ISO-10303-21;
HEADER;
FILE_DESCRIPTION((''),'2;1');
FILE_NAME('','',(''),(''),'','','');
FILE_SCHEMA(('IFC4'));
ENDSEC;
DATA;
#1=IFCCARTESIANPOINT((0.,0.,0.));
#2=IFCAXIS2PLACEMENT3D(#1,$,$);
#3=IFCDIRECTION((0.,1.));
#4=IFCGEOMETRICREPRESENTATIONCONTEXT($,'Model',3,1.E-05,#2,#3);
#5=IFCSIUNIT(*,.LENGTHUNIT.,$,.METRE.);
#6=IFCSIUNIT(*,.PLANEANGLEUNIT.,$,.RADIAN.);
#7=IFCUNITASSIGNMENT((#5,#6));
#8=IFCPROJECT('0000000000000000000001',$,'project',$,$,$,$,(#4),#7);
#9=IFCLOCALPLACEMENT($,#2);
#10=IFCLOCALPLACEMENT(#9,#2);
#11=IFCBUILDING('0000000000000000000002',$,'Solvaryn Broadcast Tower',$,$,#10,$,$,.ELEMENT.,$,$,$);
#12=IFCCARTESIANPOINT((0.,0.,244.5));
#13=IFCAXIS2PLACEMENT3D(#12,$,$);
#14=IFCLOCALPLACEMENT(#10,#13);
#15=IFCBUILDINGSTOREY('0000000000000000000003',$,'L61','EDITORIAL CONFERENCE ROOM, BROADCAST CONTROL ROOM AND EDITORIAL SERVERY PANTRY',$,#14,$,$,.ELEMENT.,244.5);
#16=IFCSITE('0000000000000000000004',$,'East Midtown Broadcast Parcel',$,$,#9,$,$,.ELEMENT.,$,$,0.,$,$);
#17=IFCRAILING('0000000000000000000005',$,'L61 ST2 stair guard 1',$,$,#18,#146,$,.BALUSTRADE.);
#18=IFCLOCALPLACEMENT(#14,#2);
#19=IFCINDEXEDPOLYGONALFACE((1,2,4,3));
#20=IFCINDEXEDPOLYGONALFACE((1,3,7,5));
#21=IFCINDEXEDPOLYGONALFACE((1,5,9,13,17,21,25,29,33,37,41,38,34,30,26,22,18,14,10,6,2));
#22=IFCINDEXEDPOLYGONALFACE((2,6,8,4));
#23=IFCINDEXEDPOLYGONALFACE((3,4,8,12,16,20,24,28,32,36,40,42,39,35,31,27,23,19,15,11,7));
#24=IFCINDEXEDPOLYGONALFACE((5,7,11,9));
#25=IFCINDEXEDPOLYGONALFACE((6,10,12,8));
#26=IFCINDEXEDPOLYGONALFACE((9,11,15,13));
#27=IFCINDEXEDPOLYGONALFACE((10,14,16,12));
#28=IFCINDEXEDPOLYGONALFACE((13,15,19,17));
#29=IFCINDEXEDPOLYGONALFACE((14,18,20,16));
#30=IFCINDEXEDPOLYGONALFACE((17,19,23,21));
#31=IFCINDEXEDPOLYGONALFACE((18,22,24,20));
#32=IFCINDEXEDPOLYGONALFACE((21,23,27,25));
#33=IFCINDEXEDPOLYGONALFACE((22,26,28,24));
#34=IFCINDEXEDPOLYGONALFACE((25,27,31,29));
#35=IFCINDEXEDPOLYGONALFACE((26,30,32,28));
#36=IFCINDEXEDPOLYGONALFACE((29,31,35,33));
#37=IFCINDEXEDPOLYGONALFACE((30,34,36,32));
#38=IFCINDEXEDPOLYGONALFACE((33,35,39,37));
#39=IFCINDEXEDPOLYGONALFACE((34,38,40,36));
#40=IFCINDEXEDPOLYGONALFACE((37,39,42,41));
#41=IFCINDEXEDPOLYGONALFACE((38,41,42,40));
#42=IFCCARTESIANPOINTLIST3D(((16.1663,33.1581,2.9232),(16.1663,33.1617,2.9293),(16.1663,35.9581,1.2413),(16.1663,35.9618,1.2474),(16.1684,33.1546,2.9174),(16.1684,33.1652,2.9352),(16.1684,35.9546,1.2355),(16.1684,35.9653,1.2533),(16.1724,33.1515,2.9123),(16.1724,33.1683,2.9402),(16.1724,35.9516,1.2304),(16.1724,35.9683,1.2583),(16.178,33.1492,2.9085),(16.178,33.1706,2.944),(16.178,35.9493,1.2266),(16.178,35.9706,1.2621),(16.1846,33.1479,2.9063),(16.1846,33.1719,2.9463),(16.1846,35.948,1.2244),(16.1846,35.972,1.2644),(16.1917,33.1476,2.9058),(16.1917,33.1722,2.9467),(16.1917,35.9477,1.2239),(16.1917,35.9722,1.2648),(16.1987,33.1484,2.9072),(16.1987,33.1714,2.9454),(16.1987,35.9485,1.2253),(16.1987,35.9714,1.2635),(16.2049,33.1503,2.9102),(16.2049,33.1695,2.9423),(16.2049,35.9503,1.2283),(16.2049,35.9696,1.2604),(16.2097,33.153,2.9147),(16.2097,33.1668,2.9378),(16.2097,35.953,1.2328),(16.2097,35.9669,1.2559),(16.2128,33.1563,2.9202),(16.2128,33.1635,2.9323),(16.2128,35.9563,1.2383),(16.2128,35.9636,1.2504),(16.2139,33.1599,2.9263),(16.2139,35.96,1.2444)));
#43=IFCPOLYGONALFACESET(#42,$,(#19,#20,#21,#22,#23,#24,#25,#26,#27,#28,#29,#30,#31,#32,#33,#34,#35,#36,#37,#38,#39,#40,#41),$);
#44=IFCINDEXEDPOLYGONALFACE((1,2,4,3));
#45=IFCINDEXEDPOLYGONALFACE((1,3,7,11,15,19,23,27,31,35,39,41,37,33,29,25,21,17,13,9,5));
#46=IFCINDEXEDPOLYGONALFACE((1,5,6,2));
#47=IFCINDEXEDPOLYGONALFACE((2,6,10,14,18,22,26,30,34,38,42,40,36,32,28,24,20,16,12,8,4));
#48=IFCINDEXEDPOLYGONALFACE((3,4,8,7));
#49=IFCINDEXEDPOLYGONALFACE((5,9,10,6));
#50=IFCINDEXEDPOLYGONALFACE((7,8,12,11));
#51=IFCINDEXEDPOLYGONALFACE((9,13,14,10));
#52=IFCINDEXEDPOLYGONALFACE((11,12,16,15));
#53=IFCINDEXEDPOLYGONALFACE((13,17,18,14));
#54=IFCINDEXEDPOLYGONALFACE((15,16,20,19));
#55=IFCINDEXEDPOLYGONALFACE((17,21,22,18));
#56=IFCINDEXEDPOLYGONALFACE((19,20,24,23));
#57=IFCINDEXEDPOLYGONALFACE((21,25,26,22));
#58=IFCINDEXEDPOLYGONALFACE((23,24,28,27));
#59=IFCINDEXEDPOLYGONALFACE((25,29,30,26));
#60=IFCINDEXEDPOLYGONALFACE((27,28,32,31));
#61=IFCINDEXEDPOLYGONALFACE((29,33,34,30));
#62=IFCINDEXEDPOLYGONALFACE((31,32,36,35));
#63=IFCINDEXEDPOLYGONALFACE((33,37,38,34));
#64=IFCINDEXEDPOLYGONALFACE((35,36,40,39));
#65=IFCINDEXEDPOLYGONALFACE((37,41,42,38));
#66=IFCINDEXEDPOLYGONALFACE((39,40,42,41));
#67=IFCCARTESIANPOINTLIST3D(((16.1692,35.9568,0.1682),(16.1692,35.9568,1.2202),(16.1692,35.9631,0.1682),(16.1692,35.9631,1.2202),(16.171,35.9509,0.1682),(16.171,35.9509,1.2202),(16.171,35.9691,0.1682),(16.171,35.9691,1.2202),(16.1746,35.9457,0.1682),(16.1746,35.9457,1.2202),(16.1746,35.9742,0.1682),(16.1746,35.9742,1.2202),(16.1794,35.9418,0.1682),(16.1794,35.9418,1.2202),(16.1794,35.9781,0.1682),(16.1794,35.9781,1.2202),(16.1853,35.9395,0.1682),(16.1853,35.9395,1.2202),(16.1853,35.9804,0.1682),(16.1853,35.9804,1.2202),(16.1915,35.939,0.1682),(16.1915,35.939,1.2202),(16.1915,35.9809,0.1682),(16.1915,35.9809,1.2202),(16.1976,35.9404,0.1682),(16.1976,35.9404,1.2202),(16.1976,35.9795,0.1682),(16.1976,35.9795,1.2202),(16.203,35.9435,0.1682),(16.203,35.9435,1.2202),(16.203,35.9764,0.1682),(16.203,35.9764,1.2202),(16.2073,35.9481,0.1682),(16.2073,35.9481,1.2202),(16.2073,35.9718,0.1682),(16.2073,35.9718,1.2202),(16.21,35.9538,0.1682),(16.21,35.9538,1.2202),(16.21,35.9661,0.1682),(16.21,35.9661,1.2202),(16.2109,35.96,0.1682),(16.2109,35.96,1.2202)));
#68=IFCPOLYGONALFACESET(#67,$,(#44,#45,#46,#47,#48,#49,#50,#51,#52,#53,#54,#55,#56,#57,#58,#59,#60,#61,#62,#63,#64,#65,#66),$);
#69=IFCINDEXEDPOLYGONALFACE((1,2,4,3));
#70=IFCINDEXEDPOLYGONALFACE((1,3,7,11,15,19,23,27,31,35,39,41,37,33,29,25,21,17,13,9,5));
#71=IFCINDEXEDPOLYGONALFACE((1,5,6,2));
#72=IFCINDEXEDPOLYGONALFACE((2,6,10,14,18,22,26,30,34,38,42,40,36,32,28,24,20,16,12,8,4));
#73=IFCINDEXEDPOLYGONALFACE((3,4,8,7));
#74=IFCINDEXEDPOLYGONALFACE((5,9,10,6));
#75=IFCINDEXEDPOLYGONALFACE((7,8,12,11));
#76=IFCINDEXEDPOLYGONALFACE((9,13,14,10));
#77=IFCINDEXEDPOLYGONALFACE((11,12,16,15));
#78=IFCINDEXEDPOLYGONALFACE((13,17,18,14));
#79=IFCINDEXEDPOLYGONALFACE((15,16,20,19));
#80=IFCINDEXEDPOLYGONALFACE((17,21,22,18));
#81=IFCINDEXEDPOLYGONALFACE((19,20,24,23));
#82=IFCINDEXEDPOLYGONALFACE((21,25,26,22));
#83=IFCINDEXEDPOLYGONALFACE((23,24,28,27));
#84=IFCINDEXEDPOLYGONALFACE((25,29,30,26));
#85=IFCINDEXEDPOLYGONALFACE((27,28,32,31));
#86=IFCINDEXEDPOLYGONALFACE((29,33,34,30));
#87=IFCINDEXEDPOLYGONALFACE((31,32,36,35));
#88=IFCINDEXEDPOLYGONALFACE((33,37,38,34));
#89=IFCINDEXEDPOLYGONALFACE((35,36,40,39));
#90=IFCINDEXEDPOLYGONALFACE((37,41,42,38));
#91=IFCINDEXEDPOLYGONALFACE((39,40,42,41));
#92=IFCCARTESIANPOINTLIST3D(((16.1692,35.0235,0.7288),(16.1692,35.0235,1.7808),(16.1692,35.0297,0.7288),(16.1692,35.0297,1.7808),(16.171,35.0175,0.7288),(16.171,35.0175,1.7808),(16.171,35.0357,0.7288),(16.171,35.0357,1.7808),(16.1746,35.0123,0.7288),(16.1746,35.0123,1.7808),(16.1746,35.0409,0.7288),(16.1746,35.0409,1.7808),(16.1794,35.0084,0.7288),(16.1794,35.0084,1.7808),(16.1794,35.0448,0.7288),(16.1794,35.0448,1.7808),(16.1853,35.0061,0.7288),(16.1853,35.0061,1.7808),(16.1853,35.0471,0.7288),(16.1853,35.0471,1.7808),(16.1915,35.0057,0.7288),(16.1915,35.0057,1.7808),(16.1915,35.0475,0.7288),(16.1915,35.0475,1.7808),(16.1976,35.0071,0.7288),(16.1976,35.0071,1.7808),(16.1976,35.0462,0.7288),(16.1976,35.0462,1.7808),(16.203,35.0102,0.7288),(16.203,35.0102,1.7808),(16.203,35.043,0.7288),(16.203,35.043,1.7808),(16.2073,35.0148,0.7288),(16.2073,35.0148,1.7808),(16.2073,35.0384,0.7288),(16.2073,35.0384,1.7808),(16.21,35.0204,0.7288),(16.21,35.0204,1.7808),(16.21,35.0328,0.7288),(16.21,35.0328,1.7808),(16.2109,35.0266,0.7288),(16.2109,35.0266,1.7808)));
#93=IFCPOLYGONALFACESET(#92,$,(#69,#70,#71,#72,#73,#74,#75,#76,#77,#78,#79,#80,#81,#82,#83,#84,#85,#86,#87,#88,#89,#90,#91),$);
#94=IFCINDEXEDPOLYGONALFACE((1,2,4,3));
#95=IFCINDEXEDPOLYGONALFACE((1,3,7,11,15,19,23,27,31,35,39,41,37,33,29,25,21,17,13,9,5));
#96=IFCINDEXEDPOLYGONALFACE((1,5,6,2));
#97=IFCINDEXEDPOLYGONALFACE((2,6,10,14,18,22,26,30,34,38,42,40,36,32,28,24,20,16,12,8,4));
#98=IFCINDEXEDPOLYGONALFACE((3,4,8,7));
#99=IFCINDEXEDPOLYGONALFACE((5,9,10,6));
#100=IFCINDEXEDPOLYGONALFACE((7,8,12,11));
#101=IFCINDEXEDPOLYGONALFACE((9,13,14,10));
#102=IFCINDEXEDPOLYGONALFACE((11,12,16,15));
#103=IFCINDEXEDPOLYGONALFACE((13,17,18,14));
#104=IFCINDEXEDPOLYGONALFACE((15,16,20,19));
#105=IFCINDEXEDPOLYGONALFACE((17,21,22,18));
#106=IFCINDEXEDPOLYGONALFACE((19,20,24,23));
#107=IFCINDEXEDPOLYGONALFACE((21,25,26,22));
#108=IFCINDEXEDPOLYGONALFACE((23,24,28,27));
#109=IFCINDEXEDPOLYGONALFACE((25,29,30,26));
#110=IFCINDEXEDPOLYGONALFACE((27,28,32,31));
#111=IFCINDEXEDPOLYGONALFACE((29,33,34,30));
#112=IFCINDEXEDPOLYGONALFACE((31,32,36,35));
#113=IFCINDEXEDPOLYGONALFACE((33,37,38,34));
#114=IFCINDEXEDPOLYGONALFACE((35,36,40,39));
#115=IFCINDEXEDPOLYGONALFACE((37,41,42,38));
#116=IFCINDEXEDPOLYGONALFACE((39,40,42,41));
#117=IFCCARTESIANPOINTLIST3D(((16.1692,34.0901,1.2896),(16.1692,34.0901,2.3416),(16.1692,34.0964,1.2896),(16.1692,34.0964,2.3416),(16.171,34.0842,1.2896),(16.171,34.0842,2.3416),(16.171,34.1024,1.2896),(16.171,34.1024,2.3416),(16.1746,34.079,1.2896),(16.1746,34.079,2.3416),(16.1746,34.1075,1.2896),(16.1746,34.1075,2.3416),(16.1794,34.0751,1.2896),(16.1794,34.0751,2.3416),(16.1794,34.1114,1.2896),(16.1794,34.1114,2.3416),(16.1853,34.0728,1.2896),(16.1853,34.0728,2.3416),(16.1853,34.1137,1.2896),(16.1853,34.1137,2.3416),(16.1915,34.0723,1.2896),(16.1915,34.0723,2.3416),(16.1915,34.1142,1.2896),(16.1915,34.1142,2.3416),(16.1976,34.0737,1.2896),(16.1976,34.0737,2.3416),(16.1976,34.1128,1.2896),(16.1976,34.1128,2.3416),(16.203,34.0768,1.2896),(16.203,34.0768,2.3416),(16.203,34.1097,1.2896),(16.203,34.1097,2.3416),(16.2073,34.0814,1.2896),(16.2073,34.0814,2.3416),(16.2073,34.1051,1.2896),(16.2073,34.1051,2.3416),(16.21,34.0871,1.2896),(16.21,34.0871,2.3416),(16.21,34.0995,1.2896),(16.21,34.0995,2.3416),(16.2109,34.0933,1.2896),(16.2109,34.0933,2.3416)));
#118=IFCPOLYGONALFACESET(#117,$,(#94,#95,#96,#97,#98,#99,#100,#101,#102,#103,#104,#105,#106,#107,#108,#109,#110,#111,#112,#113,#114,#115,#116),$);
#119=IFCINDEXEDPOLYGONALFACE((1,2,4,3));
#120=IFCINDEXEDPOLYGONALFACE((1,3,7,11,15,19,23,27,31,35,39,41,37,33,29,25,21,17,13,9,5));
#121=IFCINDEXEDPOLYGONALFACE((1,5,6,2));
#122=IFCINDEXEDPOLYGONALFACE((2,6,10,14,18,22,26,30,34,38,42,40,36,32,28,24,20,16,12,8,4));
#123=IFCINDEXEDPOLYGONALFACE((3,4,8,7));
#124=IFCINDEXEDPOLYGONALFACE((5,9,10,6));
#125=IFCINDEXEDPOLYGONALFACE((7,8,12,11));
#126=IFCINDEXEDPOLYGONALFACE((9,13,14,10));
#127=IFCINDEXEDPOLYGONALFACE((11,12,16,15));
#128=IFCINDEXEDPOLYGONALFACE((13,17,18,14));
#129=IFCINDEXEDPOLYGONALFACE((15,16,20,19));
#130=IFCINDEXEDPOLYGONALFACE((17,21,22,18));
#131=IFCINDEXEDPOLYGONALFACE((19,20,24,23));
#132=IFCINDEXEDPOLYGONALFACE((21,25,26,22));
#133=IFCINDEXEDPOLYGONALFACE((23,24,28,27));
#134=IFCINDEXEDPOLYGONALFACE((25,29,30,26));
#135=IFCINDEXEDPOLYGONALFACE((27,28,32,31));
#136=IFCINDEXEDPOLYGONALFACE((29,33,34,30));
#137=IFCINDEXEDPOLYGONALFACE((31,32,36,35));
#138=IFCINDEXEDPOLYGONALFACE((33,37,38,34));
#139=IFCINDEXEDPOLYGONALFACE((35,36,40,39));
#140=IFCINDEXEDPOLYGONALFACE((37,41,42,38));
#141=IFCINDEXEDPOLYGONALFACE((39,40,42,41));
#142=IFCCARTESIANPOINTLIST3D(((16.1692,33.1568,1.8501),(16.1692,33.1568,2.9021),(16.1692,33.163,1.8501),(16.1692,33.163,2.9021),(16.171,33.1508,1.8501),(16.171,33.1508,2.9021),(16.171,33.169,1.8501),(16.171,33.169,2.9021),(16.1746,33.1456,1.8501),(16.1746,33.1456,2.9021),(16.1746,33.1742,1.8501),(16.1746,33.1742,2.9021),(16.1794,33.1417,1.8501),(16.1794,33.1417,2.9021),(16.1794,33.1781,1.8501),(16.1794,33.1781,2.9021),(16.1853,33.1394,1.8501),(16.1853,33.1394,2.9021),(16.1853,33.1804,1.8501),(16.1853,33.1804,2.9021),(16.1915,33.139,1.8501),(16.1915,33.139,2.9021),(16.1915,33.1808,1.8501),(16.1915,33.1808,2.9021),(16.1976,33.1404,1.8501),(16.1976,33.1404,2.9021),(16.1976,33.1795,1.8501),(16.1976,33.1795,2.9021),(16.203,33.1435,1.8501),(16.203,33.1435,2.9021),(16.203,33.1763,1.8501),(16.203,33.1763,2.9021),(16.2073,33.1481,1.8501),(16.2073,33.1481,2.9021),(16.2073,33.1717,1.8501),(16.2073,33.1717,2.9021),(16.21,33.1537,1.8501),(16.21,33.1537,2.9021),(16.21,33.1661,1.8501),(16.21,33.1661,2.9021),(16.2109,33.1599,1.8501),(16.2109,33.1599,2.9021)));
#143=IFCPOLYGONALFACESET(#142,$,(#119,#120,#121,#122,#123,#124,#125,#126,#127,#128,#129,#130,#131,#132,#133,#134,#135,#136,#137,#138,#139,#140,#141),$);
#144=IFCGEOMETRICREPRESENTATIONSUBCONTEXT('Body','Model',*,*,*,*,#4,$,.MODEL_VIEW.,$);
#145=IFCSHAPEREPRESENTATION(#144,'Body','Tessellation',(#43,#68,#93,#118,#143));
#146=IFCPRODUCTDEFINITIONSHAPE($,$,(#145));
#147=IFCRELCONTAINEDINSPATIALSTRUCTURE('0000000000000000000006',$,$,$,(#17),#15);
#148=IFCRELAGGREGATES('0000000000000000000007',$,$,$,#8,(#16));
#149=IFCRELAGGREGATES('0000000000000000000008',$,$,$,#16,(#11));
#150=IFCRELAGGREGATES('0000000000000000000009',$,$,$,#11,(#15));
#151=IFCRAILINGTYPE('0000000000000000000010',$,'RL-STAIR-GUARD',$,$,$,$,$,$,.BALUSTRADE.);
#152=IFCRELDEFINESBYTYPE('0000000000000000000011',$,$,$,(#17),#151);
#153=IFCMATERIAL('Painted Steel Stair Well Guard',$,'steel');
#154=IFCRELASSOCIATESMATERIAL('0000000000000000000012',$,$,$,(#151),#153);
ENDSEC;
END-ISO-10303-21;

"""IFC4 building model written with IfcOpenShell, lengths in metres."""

from ifc_helpers import new_model, si_unit, direction, frame, origin, origin_2d, place, context, subcontext, project, spatial, circle, extrude, material, type_object, element, save


model = new_model("IFC4")

# Units and contexts
model_context = context("Model", 3, precision=1e-05, world=origin(), true_north=direction((0.0, 1.0)))
body_context = subcontext(model_context, "Body", "Model", "MODEL_VIEW")
ifc_project = project(units=[si_unit("LENGTHUNIT", "METRE"), si_unit("PLANEANGLEUNIT", "RADIAN")], contexts=[model_context])

# Site, building, storey
site_placement = place(None, origin())
site = spatial("IfcSite", under=ifc_project, at=site_placement, Name="East Midtown Broadcast Parcel", CompositionType="ELEMENT", RefElevation=0.0)
building_placement = place(site_placement, origin())
building = spatial("IfcBuilding", under=site, at=building_placement, Name="Solvaryn Broadcast Tower", CompositionType="ELEMENT")
storey_placement = place(building_placement, frame((0.0, 0.0, 244.5)))
storey = spatial("IfcBuildingStorey", under=building, at=storey_placement, Name="L61", Description="EDITORIAL CONFERENCE ROOM, BROADCAST CONTROL ROOM AND EDITORIAL SERVERY PANTRY", CompositionType="ELEMENT", Elevation=244.5)

# Railing
ifc_material_1 = material(Name="Painted Steel Stair Well Guard", Category="steel")
railing_type_1 = type_object("IfcRailingType", Name="RL-STAIR-GUARD", PredefinedType="BALUSTRADE", material=ifc_material_1)
railing_1_placement = place(storey_placement, frame((16.1899, 35.96, 0.1682)))
element("IfcRailing", 1, at=railing_1_placement, inside=storey, type_object=railing_type_1, Name="L61 ST2 stair guard 1", PredefinedType="BALUSTRADE", context=body_context, shape_type="SweptSolid", body=[
    extrude(circle(Radius=0.0239, at=origin_2d()), frame((0.0, 0.0, 1.0762), z_axis=(0.0, -0.857242, 0.514913), x_axis=(1.0, 0.0, 0.0)), (0.0, 0.0, 1.0), 3.2664),
    extrude(circle(Radius=0.021, at=origin_2d()), origin(), (0.0, 0.0, 1.0), 1.052),
    extrude(circle(Radius=0.021, at=origin_2d()), frame((0.0, -0.9333, 0.5605)), (0.0, 0.0, 1.0), 1.052),
    extrude(circle(Radius=0.021, at=origin_2d()), frame((0.0, -1.8667, 1.1213)), (0.0, 0.0, 1.0), 1.052),
    extrude(circle(Radius=0.021, at=origin_2d()), frame((0.0, -2.8, 1.6819)), (0.0, 0.0, 1.0), 1.052),
])

save(model, "model.ifc")
